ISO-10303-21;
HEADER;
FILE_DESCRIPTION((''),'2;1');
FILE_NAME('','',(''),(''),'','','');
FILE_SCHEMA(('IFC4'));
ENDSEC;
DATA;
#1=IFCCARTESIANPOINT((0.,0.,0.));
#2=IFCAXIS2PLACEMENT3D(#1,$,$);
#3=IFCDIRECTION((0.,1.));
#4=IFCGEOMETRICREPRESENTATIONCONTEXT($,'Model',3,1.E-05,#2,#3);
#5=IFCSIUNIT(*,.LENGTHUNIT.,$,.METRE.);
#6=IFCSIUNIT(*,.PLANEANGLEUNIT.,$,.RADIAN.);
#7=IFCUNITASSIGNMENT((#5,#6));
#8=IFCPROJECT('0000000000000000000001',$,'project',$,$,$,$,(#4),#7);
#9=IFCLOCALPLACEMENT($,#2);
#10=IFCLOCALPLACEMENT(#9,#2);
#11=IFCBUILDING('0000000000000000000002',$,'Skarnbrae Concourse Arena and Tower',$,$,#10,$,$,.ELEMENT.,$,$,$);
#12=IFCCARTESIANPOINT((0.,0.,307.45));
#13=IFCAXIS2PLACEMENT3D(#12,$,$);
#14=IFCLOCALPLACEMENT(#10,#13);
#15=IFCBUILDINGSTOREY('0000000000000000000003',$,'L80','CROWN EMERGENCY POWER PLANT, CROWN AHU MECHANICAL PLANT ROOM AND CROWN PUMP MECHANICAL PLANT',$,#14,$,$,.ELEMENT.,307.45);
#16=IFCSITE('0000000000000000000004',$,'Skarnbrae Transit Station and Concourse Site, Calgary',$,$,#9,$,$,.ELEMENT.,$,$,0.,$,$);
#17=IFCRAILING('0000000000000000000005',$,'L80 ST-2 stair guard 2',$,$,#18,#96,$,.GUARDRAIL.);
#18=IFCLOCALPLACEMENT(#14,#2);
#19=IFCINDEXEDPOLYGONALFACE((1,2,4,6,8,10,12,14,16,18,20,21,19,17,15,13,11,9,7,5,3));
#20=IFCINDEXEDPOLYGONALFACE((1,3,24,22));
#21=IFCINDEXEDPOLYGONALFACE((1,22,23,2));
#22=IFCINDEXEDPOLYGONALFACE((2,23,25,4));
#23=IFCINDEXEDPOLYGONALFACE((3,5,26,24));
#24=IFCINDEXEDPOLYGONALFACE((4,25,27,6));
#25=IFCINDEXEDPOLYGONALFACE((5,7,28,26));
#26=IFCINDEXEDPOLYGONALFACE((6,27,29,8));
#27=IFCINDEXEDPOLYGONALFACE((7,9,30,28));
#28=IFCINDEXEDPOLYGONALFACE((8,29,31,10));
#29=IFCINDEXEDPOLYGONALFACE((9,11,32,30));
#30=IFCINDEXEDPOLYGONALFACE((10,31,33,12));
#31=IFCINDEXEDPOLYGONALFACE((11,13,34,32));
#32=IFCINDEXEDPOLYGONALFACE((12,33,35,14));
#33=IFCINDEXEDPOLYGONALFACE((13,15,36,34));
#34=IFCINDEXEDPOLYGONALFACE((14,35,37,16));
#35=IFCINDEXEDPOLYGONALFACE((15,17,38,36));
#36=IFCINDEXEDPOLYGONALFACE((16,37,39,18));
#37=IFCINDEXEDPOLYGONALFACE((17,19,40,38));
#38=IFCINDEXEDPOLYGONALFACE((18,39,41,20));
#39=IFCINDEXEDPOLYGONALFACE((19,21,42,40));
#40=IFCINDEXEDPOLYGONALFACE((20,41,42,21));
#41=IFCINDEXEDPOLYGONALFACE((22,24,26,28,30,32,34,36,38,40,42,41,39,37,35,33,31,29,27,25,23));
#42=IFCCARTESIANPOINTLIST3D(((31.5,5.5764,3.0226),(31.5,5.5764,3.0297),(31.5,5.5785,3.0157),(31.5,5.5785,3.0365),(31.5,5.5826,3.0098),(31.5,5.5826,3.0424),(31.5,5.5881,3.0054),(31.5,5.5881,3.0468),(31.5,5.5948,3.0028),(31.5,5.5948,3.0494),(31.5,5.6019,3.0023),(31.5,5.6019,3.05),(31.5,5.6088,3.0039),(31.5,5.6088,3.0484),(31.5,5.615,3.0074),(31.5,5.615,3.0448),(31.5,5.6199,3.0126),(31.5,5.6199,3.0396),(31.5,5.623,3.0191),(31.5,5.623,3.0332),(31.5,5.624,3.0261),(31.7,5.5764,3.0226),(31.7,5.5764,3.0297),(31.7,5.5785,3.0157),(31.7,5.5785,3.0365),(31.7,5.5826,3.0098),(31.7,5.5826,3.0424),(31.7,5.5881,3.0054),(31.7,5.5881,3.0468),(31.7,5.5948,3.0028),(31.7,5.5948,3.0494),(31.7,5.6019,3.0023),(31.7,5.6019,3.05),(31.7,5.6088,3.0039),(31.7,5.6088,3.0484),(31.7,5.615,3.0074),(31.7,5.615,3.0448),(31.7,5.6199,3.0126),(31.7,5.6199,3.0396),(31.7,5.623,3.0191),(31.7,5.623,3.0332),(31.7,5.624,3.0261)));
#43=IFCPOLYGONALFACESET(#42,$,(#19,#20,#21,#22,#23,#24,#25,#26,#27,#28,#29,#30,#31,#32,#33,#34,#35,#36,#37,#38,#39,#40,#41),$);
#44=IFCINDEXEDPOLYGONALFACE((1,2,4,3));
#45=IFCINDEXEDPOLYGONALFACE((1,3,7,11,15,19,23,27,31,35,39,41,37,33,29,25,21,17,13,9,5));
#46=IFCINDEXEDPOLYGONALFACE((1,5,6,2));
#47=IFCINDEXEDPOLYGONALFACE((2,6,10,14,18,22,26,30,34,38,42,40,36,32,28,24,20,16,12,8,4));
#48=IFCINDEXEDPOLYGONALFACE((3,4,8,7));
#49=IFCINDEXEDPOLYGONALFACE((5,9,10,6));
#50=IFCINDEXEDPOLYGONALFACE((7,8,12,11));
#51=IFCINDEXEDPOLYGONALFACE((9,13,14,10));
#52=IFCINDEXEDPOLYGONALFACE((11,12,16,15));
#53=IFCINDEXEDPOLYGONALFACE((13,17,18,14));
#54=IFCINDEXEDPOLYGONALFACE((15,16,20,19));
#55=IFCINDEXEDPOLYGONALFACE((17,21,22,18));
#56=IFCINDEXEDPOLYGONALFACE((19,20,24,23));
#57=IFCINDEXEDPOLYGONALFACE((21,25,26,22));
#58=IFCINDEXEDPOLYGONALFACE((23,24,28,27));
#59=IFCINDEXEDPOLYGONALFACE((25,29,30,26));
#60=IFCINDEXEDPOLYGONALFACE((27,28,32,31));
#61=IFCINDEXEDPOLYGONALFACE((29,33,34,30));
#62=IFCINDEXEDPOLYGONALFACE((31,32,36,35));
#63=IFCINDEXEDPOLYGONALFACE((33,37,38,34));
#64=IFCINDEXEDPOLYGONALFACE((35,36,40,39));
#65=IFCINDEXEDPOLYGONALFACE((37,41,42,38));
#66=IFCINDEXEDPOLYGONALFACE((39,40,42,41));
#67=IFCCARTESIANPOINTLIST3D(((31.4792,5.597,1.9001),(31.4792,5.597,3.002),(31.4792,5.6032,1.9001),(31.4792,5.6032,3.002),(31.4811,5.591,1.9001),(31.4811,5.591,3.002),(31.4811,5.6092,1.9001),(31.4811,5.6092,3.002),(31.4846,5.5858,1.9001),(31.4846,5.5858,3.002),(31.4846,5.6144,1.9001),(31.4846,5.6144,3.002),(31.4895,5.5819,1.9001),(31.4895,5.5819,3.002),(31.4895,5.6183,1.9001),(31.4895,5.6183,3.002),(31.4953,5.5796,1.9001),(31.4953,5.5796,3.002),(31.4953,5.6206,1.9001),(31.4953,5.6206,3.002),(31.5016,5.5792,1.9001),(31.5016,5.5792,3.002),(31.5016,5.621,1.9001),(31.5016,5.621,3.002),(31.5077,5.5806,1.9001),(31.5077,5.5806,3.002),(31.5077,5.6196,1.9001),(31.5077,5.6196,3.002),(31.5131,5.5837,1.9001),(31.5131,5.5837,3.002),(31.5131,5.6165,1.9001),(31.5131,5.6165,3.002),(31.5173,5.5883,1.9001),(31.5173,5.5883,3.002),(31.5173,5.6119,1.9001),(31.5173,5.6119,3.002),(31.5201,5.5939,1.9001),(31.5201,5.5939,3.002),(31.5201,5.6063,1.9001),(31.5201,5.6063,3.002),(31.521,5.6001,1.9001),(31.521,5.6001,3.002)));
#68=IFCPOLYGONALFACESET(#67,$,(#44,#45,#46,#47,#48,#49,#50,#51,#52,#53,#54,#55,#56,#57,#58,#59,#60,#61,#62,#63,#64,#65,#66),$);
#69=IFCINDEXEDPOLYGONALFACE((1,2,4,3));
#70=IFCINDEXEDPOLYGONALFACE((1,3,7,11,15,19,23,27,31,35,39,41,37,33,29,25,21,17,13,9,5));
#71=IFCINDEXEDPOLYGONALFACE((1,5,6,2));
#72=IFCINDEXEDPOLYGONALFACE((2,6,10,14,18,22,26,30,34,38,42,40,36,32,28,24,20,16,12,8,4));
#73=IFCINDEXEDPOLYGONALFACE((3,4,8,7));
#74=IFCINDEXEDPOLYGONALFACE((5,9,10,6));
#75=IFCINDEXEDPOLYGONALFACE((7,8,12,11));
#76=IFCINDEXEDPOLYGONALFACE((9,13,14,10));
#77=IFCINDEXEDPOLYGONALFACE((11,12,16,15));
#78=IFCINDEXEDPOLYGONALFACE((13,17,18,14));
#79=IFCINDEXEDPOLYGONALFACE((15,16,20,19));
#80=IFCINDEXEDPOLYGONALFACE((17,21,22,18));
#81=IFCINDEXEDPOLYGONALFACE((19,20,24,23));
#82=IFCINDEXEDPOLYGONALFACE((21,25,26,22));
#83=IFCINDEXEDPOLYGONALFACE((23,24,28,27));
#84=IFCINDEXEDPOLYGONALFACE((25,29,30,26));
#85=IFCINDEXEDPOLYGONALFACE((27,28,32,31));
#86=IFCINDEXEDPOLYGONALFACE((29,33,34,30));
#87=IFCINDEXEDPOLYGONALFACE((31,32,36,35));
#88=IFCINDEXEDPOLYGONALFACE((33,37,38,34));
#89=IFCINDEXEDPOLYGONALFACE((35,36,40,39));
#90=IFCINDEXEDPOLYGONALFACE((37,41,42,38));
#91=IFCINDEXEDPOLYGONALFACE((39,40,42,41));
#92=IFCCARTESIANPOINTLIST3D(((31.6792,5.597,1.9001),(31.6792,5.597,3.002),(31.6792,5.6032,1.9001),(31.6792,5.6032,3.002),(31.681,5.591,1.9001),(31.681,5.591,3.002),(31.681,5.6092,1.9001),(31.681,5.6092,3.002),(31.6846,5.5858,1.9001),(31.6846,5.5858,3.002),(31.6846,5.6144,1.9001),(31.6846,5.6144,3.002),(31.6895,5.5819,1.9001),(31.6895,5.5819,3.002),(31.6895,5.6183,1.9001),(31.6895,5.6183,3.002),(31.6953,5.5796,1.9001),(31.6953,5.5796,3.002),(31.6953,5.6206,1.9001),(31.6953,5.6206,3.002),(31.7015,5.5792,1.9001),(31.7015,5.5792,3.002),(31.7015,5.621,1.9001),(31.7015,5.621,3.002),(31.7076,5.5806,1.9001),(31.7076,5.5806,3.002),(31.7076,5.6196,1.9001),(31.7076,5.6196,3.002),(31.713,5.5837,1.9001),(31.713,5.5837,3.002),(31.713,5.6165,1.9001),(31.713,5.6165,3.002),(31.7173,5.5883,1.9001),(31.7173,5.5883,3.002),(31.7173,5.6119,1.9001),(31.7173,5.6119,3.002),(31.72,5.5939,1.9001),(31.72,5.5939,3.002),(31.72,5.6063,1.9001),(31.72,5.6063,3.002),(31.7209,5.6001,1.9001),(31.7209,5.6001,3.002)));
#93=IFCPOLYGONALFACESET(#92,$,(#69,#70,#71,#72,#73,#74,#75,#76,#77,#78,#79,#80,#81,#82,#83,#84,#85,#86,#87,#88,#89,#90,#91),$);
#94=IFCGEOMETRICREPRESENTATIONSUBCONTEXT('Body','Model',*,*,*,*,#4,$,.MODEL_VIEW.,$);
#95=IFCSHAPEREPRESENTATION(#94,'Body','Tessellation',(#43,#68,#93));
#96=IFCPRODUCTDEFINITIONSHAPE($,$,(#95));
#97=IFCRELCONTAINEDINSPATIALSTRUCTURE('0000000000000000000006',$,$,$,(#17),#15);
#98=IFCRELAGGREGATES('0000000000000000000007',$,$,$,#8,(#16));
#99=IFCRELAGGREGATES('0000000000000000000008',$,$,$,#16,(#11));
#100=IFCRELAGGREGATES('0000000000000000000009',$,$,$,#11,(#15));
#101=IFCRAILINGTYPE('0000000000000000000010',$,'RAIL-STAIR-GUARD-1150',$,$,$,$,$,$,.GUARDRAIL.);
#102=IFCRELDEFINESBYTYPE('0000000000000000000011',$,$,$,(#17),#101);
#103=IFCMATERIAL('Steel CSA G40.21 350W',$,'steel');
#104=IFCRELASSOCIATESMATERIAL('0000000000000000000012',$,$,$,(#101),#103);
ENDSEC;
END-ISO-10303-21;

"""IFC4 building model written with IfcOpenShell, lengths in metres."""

from ifc_helpers import new_model, si_unit, direction, frame, origin, origin_2d, place, context, subcontext, project, spatial, circle, extrude, material, type_object, element, save


model = new_model("IFC4")

# Units and contexts
model_context = context("Model", 3, precision=1e-05, world=origin(), true_north=direction((0.0, 1.0)))
body_context = subcontext(model_context, "Body", "Model", "MODEL_VIEW")
ifc_project = project(units=[si_unit("LENGTHUNIT", "METRE"), si_unit("PLANEANGLEUNIT", "RADIAN")], contexts=[model_context])

# Site, building, storey
site_placement = place(None, origin())
site = spatial("IfcSite", under=ifc_project, at=site_placement, Name="Skarnbrae Transit Station and Concourse Site, Calgary", CompositionType="ELEMENT", RefElevation=0.0)
building_placement = place(site_placement, origin())
building = spatial("IfcBuilding", under=site, at=building_placement, Name="Skarnbrae Concourse Arena and Tower", CompositionType="ELEMENT")
storey_placement = place(building_placement, frame((0.0, 0.0, 307.45)))
storey = spatial("IfcBuildingStorey", under=building, at=storey_placement, Name="L80", Description="CROWN EMERGENCY POWER PLANT, CROWN AHU MECHANICAL PLANT ROOM AND CROWN PUMP MECHANICAL PLANT", CompositionType="ELEMENT", Elevation=307.45)

# Shared definitions
ifc_material_1 = material(Name="Steel CSA G40.21 350W", Category="steel")

# Railing
railing_type_1 = type_object("IfcRailingType", Name="RAIL-STAIR-GUARD-1150", PredefinedType="GUARDRAIL", material=ifc_material_1)
railing_1_placement = place(storey_placement, frame((31.5, 5.6001, 1.9001)))
element("IfcRailing", 1, at=railing_1_placement, inside=storey, type_object=railing_type_1, Name="L80 ST-2 stair guard 2", PredefinedType="GUARDRAIL", context=body_context, shape_type="SweptSolid", body=[
    extrude(circle(Radius=0.0239, at=origin_2d()), frame((0.0, 0.0, 1.126), z_axis=(1.0, 0.0, 0.0), x_axis=(0.0, 1.0, 0.0)), (0.0, 0.0, 1.0), 0.2),
    extrude(circle(Radius=0.021, at=origin_2d()), origin(), (0.0, 0.0, 1.0), 1.1018),
    extrude(circle(Radius=0.021, at=origin_2d()), frame((0.2, 0.0, 0.0)), (0.0, 0.0, 1.0), 1.1018),
])

save(model, "model.ifc")
